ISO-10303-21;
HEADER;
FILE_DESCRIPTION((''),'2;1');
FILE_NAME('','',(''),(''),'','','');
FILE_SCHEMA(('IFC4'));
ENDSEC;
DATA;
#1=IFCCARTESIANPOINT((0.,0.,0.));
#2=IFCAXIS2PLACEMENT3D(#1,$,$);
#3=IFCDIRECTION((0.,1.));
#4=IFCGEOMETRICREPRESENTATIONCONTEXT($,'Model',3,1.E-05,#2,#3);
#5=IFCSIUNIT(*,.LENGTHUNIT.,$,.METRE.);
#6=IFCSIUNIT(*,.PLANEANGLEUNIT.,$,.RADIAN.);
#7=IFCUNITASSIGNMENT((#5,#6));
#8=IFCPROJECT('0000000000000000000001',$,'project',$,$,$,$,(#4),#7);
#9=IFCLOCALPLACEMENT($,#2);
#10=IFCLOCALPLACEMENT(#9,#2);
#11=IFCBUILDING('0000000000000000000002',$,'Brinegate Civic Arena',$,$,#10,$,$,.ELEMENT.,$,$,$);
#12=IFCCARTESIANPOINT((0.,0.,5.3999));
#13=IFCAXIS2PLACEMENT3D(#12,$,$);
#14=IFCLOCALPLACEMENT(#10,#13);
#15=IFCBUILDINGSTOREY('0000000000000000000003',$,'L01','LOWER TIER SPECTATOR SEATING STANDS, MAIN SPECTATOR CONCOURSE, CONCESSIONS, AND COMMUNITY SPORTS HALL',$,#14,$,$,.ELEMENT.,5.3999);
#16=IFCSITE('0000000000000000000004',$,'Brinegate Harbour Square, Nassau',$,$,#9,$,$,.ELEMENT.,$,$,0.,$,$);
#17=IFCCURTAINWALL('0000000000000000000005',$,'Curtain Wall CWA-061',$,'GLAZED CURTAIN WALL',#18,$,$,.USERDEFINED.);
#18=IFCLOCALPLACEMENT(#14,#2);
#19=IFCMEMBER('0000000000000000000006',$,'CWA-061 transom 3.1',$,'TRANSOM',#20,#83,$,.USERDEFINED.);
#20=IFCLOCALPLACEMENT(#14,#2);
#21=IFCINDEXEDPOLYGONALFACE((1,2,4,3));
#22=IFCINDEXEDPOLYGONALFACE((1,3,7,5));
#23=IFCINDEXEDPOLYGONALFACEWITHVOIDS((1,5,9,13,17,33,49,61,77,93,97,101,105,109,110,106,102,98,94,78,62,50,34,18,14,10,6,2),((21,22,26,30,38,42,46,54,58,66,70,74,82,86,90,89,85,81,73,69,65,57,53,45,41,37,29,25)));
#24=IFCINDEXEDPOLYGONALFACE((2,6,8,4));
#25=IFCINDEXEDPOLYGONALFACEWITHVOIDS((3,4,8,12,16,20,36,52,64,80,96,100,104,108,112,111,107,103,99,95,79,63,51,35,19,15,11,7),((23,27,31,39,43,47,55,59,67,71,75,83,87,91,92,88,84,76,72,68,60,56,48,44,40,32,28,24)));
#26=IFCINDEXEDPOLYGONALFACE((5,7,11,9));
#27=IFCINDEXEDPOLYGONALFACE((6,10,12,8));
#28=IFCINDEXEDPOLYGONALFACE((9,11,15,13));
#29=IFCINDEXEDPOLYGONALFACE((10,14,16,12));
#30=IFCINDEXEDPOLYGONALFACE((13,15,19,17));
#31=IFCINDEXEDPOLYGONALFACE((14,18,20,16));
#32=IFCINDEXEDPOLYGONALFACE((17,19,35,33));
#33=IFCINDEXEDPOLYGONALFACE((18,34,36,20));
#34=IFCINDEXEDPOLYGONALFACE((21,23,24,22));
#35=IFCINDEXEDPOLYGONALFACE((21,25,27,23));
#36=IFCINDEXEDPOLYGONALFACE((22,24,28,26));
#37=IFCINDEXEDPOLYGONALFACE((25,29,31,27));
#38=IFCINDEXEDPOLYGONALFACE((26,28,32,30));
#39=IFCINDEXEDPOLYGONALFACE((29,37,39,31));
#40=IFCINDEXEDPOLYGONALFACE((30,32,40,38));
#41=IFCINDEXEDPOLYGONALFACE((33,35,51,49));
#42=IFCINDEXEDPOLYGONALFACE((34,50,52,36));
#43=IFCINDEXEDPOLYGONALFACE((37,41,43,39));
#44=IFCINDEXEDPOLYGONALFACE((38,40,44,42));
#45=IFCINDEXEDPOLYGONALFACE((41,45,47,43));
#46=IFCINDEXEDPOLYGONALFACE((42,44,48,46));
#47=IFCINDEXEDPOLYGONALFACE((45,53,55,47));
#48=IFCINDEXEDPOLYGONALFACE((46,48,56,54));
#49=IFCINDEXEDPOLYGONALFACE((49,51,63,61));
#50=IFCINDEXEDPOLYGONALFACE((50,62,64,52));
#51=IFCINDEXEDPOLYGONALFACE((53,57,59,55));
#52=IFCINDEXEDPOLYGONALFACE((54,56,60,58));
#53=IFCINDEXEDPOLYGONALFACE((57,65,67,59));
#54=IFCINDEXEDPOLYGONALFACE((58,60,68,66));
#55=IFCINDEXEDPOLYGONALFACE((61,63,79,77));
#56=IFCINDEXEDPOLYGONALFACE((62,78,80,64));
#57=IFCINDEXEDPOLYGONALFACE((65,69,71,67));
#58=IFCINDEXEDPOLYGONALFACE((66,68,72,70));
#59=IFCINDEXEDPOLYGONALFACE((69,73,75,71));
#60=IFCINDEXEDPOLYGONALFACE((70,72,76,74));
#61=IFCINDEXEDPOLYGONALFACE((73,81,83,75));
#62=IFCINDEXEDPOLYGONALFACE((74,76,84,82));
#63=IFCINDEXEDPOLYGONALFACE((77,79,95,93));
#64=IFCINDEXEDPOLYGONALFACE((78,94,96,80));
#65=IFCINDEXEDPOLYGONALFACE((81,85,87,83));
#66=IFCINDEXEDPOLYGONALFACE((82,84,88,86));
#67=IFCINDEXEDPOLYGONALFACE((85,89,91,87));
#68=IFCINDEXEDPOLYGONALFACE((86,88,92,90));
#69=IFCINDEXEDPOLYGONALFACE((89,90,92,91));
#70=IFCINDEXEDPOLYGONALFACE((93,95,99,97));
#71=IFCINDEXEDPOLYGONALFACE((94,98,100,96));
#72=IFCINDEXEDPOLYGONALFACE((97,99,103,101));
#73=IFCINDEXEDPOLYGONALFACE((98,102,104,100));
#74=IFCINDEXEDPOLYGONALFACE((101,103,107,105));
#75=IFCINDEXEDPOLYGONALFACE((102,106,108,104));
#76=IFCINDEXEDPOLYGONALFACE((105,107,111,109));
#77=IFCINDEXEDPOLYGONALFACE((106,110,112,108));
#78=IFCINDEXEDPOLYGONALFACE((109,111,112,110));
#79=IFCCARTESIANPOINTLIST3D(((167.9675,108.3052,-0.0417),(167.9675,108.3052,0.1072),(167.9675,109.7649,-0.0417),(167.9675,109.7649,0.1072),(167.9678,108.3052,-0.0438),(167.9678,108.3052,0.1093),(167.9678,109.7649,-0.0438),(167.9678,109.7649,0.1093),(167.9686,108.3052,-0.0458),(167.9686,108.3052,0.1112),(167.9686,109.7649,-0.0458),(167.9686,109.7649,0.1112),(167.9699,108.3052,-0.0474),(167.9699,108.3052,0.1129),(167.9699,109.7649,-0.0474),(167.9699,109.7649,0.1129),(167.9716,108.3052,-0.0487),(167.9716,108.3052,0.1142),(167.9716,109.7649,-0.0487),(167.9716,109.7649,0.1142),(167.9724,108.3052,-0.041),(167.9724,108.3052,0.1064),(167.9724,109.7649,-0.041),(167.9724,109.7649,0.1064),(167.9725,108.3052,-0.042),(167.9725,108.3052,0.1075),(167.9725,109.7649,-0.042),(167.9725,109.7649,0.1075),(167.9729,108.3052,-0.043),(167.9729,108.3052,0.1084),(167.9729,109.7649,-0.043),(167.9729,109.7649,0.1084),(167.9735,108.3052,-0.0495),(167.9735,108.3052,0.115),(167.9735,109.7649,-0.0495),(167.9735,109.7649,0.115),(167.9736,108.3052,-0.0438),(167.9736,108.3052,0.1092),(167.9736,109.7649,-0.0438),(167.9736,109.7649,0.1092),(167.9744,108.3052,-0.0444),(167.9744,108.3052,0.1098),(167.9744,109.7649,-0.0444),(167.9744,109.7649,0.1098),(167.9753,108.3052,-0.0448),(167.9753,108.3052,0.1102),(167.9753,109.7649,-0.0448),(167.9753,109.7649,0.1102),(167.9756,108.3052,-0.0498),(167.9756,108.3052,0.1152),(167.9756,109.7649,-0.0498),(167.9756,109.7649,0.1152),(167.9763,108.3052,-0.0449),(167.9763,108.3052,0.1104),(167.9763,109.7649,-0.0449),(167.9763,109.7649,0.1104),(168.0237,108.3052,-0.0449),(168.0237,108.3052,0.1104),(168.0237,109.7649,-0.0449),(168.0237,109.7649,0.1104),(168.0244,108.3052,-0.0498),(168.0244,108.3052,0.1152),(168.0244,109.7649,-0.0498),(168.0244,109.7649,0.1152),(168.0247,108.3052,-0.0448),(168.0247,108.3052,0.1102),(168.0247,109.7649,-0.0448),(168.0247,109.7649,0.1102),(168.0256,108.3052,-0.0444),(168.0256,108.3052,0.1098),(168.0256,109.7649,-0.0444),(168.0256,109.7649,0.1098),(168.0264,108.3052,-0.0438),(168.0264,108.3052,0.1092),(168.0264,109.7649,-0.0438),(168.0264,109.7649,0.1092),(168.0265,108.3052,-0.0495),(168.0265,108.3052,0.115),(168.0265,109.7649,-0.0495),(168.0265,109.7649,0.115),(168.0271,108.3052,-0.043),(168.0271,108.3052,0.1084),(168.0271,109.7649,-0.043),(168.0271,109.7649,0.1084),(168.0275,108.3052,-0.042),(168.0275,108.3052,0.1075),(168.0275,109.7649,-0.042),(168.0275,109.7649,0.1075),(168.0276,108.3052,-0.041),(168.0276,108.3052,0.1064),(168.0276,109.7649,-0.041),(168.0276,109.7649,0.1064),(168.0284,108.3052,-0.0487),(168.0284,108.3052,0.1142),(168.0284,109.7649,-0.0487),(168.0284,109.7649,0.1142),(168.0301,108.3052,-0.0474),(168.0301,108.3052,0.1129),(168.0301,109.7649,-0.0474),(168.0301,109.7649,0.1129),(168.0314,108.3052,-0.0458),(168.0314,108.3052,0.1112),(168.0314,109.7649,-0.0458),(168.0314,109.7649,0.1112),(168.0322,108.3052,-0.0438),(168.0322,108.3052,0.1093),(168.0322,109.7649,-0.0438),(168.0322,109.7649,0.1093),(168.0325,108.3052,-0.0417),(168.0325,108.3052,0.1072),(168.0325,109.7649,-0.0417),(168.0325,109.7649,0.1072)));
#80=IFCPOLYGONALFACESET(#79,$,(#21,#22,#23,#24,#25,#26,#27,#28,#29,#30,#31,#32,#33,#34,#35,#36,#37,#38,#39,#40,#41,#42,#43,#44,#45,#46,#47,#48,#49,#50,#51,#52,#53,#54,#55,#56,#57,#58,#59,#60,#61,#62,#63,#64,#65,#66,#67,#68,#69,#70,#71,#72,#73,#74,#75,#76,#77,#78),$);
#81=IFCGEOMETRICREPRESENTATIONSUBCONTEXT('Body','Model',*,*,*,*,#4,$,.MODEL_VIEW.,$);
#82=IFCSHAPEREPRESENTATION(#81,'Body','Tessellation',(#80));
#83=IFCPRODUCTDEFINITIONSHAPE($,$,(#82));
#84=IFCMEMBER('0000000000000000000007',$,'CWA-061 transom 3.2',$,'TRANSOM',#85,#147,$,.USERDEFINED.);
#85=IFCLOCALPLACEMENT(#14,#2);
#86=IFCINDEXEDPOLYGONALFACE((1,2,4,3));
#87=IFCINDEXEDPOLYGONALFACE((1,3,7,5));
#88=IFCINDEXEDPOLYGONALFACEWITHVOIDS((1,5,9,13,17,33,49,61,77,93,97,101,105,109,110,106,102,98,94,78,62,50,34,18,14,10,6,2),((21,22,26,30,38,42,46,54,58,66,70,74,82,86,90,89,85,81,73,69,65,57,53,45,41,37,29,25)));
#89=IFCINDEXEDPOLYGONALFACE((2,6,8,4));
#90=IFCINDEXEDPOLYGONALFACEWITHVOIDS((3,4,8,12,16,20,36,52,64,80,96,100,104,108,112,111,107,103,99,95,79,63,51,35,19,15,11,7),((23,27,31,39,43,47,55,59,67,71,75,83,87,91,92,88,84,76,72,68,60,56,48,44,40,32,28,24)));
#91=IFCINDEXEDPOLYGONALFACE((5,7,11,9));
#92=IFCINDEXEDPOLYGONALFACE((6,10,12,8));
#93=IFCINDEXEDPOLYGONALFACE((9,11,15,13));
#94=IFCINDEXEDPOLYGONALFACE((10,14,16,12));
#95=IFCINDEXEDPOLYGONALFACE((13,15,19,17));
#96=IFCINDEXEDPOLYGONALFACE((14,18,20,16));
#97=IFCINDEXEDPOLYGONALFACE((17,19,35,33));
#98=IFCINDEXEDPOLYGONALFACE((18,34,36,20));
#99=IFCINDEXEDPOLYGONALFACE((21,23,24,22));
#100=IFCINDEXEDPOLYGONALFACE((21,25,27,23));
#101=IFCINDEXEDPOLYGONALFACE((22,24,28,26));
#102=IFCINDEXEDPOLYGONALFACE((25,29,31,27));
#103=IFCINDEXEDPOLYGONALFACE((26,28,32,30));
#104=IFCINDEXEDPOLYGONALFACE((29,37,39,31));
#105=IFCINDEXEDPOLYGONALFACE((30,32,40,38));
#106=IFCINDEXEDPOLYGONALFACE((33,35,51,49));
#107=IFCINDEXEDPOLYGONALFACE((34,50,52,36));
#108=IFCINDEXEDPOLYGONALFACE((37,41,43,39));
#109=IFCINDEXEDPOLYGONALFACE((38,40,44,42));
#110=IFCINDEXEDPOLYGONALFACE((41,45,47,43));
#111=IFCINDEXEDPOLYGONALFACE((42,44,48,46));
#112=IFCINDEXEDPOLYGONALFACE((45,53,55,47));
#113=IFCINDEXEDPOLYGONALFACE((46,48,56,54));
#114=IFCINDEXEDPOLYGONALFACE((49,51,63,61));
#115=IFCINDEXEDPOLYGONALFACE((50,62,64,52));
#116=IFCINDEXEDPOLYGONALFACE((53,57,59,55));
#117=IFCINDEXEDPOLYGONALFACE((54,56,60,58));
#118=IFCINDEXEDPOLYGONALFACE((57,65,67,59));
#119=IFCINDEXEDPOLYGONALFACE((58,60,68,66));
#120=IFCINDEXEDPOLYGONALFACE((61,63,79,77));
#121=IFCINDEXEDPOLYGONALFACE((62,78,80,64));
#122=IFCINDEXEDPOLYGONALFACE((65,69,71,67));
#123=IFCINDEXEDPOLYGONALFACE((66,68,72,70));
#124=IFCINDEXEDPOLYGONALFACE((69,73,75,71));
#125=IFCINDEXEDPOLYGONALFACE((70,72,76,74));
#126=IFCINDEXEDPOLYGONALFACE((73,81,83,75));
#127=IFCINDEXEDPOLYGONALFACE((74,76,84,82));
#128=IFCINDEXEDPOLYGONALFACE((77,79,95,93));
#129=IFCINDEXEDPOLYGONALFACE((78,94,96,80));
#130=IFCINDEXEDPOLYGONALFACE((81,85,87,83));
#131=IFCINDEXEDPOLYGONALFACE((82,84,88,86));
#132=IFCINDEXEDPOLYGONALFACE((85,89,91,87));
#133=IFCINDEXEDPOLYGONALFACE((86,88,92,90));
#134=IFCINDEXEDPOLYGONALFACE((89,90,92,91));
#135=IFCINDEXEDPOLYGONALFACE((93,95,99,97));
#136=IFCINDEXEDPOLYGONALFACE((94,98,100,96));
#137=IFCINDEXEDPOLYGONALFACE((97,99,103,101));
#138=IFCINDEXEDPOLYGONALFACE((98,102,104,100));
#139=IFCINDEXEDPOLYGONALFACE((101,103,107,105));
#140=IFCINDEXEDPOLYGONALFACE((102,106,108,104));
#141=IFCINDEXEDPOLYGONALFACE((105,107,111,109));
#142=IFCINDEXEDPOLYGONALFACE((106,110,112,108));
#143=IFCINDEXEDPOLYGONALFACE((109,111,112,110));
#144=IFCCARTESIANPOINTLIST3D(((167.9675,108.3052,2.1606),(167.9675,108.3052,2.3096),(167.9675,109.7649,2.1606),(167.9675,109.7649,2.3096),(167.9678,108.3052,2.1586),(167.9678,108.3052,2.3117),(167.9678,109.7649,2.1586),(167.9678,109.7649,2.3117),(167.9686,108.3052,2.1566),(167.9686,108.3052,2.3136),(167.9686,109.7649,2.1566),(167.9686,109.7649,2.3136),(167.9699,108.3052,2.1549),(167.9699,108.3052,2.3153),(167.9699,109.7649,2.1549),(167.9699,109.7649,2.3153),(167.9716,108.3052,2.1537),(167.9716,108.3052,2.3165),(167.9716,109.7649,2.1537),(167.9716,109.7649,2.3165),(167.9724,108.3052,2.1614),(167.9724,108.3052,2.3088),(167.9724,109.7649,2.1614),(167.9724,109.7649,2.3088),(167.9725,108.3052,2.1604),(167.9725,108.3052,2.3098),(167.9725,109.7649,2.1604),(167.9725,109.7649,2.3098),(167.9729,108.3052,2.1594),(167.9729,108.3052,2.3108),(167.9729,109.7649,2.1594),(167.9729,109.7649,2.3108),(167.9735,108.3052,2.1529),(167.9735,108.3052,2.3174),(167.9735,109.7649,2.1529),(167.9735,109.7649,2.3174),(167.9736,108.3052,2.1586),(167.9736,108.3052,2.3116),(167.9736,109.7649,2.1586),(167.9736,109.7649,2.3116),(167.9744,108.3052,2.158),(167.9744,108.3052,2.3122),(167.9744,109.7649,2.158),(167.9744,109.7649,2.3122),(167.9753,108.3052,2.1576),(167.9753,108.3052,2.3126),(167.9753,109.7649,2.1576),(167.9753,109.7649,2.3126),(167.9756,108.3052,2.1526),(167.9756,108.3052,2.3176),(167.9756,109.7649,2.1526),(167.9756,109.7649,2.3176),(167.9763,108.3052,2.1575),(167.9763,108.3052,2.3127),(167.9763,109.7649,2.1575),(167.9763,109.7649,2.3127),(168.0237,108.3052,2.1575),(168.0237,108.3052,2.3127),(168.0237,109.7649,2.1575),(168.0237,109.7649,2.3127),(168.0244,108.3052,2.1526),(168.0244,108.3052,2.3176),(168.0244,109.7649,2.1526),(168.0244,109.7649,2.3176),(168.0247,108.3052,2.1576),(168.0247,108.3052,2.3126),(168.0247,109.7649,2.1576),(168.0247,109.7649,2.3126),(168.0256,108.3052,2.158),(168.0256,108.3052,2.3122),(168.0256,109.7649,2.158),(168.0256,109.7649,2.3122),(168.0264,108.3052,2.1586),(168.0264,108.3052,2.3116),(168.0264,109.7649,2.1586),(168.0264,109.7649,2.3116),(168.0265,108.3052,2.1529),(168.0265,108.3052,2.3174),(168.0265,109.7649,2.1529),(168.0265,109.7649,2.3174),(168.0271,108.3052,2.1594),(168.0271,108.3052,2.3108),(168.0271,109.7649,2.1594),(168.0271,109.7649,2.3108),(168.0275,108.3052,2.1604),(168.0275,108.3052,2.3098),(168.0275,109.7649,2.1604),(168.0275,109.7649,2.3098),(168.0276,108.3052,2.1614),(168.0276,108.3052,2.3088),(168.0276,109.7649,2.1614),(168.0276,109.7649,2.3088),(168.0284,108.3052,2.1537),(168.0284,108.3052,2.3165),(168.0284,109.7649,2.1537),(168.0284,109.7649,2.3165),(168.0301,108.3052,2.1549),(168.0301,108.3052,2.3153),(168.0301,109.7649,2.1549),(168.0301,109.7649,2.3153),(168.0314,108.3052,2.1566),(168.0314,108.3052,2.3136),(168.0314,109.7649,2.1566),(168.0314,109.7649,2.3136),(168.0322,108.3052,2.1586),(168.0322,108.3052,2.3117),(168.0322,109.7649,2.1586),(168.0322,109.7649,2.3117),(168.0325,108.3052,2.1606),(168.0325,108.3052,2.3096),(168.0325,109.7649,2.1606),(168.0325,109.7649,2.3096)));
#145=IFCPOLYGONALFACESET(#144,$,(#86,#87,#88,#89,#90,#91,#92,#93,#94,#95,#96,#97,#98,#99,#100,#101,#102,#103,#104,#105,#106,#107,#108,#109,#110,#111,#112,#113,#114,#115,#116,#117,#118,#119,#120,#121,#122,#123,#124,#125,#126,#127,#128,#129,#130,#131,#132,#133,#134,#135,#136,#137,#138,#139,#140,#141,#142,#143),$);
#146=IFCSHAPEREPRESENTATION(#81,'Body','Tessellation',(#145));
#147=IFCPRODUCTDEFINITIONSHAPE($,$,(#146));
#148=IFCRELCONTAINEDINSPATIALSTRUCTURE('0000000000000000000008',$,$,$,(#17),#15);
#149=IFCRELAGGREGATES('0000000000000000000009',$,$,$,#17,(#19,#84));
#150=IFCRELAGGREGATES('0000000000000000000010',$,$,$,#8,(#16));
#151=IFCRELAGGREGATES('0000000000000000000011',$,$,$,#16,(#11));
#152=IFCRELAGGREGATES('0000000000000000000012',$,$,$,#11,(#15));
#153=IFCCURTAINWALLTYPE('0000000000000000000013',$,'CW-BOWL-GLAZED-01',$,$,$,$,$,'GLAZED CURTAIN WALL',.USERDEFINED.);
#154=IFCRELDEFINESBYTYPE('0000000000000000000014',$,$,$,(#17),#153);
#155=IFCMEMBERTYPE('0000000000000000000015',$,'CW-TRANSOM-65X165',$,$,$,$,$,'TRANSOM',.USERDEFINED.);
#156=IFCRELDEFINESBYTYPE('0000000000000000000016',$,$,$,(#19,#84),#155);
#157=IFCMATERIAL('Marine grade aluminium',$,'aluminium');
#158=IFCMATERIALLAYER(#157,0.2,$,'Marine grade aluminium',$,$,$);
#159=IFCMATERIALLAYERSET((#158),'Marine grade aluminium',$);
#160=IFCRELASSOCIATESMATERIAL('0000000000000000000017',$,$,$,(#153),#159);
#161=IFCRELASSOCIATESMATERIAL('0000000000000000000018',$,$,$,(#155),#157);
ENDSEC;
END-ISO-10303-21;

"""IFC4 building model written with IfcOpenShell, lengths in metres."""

from ifc_helpers import new_model, si_unit, direction, frame, origin, origin_2d, place, context, subcontext, project, spatial, hollow_rectangle, extrude, material, layer, layer_set, material_profile, profile_set, type_object, element, aggregate, save


model = new_model("IFC4")

# Units and contexts
model_context = context("Model", 3, precision=1e-05, world=origin(), true_north=direction((0.0, 1.0)))
body_context = subcontext(model_context, "Body", "Model", "MODEL_VIEW")
ifc_project = project(units=[si_unit("LENGTHUNIT", "METRE"), si_unit("PLANEANGLEUNIT", "RADIAN")], contexts=[model_context])

# Site, building, storey
site_placement = place(None, origin())
site = spatial("IfcSite", under=ifc_project, at=site_placement, Name="Brinegate Harbour Square, Nassau", CompositionType="ELEMENT", RefElevation=0.0)
building_placement = place(site_placement, origin())
building = spatial("IfcBuilding", under=site, at=building_placement, Name="Brinegate Civic Arena", CompositionType="ELEMENT")
storey_placement = place(building_placement, frame((0.0, 0.0, 5.3999)))
storey = spatial("IfcBuildingStorey", under=building, at=storey_placement, Name="L01", Description="LOWER TIER SPECTATOR SEATING STANDS, MAIN SPECTATOR CONCOURSE, CONCESSIONS, AND COMMUNITY SPORTS HALL", CompositionType="ELEMENT", Elevation=5.3999)

# Shared definitions
ifc_material_1 = material(Name="Marine grade aluminium", Category="aluminium")
ifc_layer_1 = layer(ifc_material_1, 0.2, Name="Marine grade aluminium")
ifc_layer_set_1 = layer_set([ifc_layer_1], Name="Marine grade aluminium")
curtain_wall_type = type_object("IfcCurtainWallType", Name="CW-BOWL-GLAZED-01", ElementType="GLAZED CURTAIN WALL", PredefinedType="USERDEFINED", material=ifc_layer_set_1)

# Curtain wall, members
curtain_wall_1_placement = place(storey_placement, origin())
curtain_wall_1 = element("IfcCurtainWall", 1, at=curtain_wall_1_placement, inside=storey, type_object=curtain_wall_type, Name="Curtain Wall CWA-061", ObjectType="GLAZED CURTAIN WALL", PredefinedType="USERDEFINED")
ifc_material_profile_1 = material_profile(ifc_material_1, hollow_rectangle(XDim=0.0649, YDim=0.165, WallThickness=0.0049, InnerFilletRadius=0.0039, OuterFilletRadius=0.0081, at=origin_2d()), Name="TRN65X165")
ifc_profile_set_1 = profile_set([ifc_material_profile_1], Name="Marine grade aluminium")
member_type_1 = type_object("IfcMemberType", Name="CW-TRANSOM-65X165", ElementType="TRANSOM", PredefinedType="USERDEFINED", material=ifc_profile_set_1)
member_1_placement = place(storey_placement, frame((168.0, 108.3052, 0.0327), z_axis=(0.0, 1.0, 0.0), x_axis=(-1.0, 0.0, 0.0)))
member_1 = element("IfcMember", 2, at=member_1_placement, type_object=member_type_1, Name="CWA-061 transom 3.1", ObjectType="TRANSOM", PredefinedType="USERDEFINED", context=body_context, shape_type="SweptSolid", body=[
    extrude(hollow_rectangle(XDim=0.0649, YDim=0.165, WallThickness=0.0049, InnerFilletRadius=0.0039, OuterFilletRadius=0.0081, at=origin_2d()), origin(), (0.0, 0.0, 1.0), 1.4597),
])
member_2_placement = place(storey_placement, frame((168.0, 108.3052, 2.2351), z_axis=(0.0, 1.0, 0.0), x_axis=(-1.0, 0.0, 0.0)))
member_2 = element("IfcMember", 3, at=member_2_placement, type_object=member_type_1, Name="CWA-061 transom 3.2", ObjectType="TRANSOM", PredefinedType="USERDEFINED", context=body_context, shape_type="SweptSolid", body=[
    extrude(hollow_rectangle(XDim=0.0649, YDim=0.165, WallThickness=0.0049, InnerFilletRadius=0.0039, OuterFilletRadius=0.0081, at=origin_2d()), origin(), (0.0, 0.0, 1.0), 1.4597),
])

aggregate(curtain_wall_1, [member_1, member_2])

save(model, "model.ifc")
